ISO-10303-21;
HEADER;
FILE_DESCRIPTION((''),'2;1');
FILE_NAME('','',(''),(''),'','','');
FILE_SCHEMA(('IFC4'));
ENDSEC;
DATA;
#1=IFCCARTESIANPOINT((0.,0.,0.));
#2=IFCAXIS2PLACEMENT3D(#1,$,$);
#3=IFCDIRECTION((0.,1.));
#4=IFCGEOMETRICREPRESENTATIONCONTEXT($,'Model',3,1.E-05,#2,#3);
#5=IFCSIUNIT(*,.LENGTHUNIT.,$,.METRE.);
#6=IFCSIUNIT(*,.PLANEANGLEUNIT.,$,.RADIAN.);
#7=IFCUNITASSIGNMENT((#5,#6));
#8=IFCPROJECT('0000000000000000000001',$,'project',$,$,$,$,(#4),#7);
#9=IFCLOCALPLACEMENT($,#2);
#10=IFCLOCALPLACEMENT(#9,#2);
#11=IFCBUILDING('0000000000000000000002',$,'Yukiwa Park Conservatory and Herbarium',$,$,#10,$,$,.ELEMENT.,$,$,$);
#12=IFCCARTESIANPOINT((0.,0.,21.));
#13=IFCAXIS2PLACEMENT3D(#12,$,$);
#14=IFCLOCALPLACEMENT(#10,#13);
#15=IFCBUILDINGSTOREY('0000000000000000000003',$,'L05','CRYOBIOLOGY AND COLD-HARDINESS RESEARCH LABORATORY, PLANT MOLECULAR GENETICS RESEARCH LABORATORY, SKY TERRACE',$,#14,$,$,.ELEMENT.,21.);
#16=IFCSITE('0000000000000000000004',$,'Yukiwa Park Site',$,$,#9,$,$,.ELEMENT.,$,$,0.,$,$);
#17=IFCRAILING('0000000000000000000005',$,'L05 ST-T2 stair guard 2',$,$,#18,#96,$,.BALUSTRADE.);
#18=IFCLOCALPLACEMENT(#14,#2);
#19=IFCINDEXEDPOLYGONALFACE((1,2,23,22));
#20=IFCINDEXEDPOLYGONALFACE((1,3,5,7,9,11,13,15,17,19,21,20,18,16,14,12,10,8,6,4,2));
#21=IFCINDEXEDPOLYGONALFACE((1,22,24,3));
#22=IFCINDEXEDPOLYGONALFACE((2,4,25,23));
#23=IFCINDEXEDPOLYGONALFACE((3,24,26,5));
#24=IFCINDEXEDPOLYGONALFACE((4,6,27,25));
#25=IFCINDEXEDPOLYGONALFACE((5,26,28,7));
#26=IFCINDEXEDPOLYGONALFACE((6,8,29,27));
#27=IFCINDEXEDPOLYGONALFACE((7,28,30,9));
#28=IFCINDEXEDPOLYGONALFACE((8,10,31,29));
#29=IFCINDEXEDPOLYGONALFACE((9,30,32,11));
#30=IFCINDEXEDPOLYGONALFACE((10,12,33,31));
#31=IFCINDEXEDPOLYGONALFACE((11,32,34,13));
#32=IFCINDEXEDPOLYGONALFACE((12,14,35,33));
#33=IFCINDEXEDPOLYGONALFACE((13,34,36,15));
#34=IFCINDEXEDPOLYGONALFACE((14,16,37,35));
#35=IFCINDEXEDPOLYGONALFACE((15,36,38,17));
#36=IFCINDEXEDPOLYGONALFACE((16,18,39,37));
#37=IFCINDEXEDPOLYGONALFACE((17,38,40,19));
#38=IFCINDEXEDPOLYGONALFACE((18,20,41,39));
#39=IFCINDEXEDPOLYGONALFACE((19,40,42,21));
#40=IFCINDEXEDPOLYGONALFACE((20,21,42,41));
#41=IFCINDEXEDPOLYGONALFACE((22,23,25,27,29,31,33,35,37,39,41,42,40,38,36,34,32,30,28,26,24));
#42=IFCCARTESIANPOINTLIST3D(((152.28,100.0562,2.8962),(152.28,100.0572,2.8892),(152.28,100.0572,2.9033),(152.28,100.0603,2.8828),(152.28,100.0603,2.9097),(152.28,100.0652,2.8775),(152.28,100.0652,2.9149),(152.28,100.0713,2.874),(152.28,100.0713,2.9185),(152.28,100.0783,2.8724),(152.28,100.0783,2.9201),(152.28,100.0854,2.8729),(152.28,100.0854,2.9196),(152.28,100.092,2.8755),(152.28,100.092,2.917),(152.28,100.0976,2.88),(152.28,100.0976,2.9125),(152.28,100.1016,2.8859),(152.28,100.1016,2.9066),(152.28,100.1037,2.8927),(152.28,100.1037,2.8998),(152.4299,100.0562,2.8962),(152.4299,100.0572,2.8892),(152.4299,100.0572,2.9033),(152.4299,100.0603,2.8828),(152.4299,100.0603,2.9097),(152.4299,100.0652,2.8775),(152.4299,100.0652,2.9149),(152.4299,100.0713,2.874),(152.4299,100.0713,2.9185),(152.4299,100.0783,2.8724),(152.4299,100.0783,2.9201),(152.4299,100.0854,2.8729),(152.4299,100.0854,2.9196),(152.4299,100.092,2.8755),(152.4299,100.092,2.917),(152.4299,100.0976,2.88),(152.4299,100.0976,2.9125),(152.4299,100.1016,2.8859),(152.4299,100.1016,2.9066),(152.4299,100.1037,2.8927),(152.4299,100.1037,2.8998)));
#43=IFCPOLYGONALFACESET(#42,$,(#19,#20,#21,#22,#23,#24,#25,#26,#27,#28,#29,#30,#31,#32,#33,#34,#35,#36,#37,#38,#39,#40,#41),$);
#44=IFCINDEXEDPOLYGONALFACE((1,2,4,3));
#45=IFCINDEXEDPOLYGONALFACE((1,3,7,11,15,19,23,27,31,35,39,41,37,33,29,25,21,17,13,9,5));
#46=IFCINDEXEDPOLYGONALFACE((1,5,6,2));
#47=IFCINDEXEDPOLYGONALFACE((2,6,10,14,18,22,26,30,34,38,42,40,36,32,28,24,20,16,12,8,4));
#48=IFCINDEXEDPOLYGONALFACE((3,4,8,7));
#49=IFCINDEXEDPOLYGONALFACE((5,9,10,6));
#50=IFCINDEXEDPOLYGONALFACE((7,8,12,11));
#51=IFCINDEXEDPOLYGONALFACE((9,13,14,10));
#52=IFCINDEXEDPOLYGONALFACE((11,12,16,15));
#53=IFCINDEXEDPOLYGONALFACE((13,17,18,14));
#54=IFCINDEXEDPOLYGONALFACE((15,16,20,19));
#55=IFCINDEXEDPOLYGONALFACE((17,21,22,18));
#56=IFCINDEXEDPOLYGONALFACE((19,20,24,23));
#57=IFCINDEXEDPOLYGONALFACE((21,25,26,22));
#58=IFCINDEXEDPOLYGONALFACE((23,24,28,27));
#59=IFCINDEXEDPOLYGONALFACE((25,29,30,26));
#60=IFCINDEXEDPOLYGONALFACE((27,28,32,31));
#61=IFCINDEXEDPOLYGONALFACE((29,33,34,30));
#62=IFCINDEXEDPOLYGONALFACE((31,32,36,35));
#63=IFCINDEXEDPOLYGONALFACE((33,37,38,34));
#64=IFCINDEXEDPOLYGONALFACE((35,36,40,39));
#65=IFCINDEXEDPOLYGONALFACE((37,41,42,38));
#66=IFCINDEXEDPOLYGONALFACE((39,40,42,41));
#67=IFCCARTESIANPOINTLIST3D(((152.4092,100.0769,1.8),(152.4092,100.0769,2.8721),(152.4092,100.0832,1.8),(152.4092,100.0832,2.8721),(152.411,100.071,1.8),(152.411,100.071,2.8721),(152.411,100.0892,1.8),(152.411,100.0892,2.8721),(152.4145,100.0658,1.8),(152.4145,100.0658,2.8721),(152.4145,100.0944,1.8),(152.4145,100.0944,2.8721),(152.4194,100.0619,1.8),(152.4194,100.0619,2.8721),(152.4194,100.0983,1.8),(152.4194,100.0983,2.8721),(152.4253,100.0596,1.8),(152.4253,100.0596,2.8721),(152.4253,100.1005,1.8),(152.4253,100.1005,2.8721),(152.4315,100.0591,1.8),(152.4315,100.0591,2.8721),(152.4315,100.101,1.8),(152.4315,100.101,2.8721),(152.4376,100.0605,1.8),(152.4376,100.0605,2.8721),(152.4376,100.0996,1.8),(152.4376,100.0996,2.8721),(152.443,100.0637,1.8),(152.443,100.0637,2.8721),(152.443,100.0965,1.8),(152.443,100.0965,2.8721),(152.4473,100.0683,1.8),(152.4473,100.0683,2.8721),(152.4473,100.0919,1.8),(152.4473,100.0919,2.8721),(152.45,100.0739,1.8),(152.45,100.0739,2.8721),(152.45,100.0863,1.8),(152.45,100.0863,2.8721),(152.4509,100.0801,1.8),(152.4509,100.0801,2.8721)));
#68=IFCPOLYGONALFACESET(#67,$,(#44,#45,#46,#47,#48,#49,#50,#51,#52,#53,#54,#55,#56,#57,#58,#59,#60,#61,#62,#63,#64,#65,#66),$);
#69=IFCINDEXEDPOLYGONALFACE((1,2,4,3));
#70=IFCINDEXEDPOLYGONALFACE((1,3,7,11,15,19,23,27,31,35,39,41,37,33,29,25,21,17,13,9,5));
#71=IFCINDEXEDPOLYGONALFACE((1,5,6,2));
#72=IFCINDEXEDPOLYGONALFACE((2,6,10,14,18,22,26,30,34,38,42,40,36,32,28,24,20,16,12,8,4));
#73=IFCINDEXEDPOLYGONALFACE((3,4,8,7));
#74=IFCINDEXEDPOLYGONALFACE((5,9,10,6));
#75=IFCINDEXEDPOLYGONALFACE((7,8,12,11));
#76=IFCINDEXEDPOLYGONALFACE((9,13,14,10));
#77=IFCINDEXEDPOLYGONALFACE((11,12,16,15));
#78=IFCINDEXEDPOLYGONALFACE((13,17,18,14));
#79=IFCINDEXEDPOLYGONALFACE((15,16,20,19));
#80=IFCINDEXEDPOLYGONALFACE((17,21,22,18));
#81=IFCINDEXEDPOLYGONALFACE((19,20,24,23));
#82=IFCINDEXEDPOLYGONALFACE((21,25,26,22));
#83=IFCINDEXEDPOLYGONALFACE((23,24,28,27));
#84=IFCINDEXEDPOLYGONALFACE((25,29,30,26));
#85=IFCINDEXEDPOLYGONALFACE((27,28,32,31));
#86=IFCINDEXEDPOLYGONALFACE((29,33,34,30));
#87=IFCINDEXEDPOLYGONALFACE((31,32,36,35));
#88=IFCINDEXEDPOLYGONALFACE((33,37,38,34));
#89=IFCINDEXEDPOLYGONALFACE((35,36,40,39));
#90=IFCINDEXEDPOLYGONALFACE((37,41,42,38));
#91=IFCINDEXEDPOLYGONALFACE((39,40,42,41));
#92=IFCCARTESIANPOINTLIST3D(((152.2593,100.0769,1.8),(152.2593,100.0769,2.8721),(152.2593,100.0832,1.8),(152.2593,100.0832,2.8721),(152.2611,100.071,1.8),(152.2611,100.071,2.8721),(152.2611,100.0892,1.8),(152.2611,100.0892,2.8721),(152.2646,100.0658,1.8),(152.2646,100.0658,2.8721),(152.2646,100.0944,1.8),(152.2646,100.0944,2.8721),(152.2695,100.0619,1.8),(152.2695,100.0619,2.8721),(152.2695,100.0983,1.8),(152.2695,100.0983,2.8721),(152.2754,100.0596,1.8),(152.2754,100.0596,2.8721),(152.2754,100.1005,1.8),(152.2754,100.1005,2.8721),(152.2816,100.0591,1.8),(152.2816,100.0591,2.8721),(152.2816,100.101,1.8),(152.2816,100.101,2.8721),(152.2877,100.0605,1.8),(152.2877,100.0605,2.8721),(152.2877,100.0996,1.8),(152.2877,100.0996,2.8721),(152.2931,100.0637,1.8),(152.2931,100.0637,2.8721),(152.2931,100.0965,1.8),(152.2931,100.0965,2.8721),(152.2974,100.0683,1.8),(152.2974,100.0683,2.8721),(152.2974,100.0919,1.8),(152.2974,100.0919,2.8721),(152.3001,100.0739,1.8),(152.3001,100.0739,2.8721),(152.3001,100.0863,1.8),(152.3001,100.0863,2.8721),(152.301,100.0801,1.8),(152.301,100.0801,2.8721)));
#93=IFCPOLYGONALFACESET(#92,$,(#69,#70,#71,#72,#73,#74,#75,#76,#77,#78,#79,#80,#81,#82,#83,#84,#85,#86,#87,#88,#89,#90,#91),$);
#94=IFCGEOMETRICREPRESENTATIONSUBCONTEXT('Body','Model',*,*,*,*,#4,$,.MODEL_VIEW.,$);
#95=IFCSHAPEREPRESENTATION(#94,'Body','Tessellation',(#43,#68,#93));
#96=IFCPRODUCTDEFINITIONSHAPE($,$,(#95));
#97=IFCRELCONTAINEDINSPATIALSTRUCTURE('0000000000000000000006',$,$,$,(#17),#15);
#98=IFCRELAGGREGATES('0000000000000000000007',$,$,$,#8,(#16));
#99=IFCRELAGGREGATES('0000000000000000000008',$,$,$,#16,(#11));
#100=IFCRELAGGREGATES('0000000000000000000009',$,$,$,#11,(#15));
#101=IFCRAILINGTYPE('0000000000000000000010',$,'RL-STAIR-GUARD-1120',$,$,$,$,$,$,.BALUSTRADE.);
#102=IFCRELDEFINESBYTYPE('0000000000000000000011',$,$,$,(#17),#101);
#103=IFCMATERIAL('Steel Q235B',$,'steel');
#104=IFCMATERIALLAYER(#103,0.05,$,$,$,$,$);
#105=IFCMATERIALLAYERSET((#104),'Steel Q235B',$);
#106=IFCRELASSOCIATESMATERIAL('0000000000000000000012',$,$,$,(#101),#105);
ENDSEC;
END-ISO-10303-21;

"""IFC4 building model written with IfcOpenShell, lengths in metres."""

from ifc_helpers import new_model, si_unit, direction, frame, origin, origin_2d, place, context, subcontext, project, spatial, circle, extrude, material, layer, layer_set, type_object, element, save


model = new_model("IFC4")

# Units and contexts
model_context = context("Model", 3, precision=1e-05, world=origin(), true_north=direction((0.0, 1.0)))
body_context = subcontext(model_context, "Body", "Model", "MODEL_VIEW")
ifc_project = project(units=[si_unit("LENGTHUNIT", "METRE"), si_unit("PLANEANGLEUNIT", "RADIAN")], contexts=[model_context])

# Site, building, storey
site_placement = place(None, origin())
site = spatial("IfcSite", under=ifc_project, at=site_placement, Name="Yukiwa Park Site", CompositionType="ELEMENT", RefElevation=0.0)
building_placement = place(site_placement, origin())
building = spatial("IfcBuilding", under=site, at=building_placement, Name="Yukiwa Park Conservatory and Herbarium", CompositionType="ELEMENT")
storey_placement = place(building_placement, frame((0.0, 0.0, 21.0)))
storey = spatial("IfcBuildingStorey", under=building, at=storey_placement, Name="L05", Description="CRYOBIOLOGY AND COLD-HARDINESS RESEARCH LABORATORY, PLANT MOLECULAR GENETICS RESEARCH LABORATORY, SKY TERRACE", CompositionType="ELEMENT", Elevation=21.0)

# Railing
ifc_material_1 = material(Name="Steel Q235B", Category="steel")
ifc_layer_1 = layer(ifc_material_1, 0.05)
ifc_layer_set_1 = layer_set([ifc_layer_1], Name="Steel Q235B")
railing_type = type_object("IfcRailingType", Name="RL-STAIR-GUARD-1120", PredefinedType="BALUSTRADE", material=ifc_layer_set_1)
railing_placement = place(storey_placement, frame((152.4299, 100.0801, 1.8)))
element("IfcRailing", 1, at=railing_placement, inside=storey, type_object=railing_type, Name="L05 ST-T2 stair guard 2", PredefinedType="BALUSTRADE", context=body_context, shape_type="SweptSolid", body=[
    extrude(circle(Radius=0.0239, at=origin_2d()), frame((0.0, 0.0, 1.0962), z_axis=(-1.0, 0.0, 0.0), x_axis=(0.0, -1.0, 0.0)), (0.0, 0.0, 1.0), 0.1499),
    extrude(circle(Radius=0.021, at=origin_2d()), origin(), (0.0, 0.0, 1.0), 1.072),
    extrude(circle(Radius=0.021, at=origin_2d()), frame((-0.1499, 0.0, 0.0)), (0.0, 0.0, 1.0), 1.072),
])

save(model, "model.ifc")
